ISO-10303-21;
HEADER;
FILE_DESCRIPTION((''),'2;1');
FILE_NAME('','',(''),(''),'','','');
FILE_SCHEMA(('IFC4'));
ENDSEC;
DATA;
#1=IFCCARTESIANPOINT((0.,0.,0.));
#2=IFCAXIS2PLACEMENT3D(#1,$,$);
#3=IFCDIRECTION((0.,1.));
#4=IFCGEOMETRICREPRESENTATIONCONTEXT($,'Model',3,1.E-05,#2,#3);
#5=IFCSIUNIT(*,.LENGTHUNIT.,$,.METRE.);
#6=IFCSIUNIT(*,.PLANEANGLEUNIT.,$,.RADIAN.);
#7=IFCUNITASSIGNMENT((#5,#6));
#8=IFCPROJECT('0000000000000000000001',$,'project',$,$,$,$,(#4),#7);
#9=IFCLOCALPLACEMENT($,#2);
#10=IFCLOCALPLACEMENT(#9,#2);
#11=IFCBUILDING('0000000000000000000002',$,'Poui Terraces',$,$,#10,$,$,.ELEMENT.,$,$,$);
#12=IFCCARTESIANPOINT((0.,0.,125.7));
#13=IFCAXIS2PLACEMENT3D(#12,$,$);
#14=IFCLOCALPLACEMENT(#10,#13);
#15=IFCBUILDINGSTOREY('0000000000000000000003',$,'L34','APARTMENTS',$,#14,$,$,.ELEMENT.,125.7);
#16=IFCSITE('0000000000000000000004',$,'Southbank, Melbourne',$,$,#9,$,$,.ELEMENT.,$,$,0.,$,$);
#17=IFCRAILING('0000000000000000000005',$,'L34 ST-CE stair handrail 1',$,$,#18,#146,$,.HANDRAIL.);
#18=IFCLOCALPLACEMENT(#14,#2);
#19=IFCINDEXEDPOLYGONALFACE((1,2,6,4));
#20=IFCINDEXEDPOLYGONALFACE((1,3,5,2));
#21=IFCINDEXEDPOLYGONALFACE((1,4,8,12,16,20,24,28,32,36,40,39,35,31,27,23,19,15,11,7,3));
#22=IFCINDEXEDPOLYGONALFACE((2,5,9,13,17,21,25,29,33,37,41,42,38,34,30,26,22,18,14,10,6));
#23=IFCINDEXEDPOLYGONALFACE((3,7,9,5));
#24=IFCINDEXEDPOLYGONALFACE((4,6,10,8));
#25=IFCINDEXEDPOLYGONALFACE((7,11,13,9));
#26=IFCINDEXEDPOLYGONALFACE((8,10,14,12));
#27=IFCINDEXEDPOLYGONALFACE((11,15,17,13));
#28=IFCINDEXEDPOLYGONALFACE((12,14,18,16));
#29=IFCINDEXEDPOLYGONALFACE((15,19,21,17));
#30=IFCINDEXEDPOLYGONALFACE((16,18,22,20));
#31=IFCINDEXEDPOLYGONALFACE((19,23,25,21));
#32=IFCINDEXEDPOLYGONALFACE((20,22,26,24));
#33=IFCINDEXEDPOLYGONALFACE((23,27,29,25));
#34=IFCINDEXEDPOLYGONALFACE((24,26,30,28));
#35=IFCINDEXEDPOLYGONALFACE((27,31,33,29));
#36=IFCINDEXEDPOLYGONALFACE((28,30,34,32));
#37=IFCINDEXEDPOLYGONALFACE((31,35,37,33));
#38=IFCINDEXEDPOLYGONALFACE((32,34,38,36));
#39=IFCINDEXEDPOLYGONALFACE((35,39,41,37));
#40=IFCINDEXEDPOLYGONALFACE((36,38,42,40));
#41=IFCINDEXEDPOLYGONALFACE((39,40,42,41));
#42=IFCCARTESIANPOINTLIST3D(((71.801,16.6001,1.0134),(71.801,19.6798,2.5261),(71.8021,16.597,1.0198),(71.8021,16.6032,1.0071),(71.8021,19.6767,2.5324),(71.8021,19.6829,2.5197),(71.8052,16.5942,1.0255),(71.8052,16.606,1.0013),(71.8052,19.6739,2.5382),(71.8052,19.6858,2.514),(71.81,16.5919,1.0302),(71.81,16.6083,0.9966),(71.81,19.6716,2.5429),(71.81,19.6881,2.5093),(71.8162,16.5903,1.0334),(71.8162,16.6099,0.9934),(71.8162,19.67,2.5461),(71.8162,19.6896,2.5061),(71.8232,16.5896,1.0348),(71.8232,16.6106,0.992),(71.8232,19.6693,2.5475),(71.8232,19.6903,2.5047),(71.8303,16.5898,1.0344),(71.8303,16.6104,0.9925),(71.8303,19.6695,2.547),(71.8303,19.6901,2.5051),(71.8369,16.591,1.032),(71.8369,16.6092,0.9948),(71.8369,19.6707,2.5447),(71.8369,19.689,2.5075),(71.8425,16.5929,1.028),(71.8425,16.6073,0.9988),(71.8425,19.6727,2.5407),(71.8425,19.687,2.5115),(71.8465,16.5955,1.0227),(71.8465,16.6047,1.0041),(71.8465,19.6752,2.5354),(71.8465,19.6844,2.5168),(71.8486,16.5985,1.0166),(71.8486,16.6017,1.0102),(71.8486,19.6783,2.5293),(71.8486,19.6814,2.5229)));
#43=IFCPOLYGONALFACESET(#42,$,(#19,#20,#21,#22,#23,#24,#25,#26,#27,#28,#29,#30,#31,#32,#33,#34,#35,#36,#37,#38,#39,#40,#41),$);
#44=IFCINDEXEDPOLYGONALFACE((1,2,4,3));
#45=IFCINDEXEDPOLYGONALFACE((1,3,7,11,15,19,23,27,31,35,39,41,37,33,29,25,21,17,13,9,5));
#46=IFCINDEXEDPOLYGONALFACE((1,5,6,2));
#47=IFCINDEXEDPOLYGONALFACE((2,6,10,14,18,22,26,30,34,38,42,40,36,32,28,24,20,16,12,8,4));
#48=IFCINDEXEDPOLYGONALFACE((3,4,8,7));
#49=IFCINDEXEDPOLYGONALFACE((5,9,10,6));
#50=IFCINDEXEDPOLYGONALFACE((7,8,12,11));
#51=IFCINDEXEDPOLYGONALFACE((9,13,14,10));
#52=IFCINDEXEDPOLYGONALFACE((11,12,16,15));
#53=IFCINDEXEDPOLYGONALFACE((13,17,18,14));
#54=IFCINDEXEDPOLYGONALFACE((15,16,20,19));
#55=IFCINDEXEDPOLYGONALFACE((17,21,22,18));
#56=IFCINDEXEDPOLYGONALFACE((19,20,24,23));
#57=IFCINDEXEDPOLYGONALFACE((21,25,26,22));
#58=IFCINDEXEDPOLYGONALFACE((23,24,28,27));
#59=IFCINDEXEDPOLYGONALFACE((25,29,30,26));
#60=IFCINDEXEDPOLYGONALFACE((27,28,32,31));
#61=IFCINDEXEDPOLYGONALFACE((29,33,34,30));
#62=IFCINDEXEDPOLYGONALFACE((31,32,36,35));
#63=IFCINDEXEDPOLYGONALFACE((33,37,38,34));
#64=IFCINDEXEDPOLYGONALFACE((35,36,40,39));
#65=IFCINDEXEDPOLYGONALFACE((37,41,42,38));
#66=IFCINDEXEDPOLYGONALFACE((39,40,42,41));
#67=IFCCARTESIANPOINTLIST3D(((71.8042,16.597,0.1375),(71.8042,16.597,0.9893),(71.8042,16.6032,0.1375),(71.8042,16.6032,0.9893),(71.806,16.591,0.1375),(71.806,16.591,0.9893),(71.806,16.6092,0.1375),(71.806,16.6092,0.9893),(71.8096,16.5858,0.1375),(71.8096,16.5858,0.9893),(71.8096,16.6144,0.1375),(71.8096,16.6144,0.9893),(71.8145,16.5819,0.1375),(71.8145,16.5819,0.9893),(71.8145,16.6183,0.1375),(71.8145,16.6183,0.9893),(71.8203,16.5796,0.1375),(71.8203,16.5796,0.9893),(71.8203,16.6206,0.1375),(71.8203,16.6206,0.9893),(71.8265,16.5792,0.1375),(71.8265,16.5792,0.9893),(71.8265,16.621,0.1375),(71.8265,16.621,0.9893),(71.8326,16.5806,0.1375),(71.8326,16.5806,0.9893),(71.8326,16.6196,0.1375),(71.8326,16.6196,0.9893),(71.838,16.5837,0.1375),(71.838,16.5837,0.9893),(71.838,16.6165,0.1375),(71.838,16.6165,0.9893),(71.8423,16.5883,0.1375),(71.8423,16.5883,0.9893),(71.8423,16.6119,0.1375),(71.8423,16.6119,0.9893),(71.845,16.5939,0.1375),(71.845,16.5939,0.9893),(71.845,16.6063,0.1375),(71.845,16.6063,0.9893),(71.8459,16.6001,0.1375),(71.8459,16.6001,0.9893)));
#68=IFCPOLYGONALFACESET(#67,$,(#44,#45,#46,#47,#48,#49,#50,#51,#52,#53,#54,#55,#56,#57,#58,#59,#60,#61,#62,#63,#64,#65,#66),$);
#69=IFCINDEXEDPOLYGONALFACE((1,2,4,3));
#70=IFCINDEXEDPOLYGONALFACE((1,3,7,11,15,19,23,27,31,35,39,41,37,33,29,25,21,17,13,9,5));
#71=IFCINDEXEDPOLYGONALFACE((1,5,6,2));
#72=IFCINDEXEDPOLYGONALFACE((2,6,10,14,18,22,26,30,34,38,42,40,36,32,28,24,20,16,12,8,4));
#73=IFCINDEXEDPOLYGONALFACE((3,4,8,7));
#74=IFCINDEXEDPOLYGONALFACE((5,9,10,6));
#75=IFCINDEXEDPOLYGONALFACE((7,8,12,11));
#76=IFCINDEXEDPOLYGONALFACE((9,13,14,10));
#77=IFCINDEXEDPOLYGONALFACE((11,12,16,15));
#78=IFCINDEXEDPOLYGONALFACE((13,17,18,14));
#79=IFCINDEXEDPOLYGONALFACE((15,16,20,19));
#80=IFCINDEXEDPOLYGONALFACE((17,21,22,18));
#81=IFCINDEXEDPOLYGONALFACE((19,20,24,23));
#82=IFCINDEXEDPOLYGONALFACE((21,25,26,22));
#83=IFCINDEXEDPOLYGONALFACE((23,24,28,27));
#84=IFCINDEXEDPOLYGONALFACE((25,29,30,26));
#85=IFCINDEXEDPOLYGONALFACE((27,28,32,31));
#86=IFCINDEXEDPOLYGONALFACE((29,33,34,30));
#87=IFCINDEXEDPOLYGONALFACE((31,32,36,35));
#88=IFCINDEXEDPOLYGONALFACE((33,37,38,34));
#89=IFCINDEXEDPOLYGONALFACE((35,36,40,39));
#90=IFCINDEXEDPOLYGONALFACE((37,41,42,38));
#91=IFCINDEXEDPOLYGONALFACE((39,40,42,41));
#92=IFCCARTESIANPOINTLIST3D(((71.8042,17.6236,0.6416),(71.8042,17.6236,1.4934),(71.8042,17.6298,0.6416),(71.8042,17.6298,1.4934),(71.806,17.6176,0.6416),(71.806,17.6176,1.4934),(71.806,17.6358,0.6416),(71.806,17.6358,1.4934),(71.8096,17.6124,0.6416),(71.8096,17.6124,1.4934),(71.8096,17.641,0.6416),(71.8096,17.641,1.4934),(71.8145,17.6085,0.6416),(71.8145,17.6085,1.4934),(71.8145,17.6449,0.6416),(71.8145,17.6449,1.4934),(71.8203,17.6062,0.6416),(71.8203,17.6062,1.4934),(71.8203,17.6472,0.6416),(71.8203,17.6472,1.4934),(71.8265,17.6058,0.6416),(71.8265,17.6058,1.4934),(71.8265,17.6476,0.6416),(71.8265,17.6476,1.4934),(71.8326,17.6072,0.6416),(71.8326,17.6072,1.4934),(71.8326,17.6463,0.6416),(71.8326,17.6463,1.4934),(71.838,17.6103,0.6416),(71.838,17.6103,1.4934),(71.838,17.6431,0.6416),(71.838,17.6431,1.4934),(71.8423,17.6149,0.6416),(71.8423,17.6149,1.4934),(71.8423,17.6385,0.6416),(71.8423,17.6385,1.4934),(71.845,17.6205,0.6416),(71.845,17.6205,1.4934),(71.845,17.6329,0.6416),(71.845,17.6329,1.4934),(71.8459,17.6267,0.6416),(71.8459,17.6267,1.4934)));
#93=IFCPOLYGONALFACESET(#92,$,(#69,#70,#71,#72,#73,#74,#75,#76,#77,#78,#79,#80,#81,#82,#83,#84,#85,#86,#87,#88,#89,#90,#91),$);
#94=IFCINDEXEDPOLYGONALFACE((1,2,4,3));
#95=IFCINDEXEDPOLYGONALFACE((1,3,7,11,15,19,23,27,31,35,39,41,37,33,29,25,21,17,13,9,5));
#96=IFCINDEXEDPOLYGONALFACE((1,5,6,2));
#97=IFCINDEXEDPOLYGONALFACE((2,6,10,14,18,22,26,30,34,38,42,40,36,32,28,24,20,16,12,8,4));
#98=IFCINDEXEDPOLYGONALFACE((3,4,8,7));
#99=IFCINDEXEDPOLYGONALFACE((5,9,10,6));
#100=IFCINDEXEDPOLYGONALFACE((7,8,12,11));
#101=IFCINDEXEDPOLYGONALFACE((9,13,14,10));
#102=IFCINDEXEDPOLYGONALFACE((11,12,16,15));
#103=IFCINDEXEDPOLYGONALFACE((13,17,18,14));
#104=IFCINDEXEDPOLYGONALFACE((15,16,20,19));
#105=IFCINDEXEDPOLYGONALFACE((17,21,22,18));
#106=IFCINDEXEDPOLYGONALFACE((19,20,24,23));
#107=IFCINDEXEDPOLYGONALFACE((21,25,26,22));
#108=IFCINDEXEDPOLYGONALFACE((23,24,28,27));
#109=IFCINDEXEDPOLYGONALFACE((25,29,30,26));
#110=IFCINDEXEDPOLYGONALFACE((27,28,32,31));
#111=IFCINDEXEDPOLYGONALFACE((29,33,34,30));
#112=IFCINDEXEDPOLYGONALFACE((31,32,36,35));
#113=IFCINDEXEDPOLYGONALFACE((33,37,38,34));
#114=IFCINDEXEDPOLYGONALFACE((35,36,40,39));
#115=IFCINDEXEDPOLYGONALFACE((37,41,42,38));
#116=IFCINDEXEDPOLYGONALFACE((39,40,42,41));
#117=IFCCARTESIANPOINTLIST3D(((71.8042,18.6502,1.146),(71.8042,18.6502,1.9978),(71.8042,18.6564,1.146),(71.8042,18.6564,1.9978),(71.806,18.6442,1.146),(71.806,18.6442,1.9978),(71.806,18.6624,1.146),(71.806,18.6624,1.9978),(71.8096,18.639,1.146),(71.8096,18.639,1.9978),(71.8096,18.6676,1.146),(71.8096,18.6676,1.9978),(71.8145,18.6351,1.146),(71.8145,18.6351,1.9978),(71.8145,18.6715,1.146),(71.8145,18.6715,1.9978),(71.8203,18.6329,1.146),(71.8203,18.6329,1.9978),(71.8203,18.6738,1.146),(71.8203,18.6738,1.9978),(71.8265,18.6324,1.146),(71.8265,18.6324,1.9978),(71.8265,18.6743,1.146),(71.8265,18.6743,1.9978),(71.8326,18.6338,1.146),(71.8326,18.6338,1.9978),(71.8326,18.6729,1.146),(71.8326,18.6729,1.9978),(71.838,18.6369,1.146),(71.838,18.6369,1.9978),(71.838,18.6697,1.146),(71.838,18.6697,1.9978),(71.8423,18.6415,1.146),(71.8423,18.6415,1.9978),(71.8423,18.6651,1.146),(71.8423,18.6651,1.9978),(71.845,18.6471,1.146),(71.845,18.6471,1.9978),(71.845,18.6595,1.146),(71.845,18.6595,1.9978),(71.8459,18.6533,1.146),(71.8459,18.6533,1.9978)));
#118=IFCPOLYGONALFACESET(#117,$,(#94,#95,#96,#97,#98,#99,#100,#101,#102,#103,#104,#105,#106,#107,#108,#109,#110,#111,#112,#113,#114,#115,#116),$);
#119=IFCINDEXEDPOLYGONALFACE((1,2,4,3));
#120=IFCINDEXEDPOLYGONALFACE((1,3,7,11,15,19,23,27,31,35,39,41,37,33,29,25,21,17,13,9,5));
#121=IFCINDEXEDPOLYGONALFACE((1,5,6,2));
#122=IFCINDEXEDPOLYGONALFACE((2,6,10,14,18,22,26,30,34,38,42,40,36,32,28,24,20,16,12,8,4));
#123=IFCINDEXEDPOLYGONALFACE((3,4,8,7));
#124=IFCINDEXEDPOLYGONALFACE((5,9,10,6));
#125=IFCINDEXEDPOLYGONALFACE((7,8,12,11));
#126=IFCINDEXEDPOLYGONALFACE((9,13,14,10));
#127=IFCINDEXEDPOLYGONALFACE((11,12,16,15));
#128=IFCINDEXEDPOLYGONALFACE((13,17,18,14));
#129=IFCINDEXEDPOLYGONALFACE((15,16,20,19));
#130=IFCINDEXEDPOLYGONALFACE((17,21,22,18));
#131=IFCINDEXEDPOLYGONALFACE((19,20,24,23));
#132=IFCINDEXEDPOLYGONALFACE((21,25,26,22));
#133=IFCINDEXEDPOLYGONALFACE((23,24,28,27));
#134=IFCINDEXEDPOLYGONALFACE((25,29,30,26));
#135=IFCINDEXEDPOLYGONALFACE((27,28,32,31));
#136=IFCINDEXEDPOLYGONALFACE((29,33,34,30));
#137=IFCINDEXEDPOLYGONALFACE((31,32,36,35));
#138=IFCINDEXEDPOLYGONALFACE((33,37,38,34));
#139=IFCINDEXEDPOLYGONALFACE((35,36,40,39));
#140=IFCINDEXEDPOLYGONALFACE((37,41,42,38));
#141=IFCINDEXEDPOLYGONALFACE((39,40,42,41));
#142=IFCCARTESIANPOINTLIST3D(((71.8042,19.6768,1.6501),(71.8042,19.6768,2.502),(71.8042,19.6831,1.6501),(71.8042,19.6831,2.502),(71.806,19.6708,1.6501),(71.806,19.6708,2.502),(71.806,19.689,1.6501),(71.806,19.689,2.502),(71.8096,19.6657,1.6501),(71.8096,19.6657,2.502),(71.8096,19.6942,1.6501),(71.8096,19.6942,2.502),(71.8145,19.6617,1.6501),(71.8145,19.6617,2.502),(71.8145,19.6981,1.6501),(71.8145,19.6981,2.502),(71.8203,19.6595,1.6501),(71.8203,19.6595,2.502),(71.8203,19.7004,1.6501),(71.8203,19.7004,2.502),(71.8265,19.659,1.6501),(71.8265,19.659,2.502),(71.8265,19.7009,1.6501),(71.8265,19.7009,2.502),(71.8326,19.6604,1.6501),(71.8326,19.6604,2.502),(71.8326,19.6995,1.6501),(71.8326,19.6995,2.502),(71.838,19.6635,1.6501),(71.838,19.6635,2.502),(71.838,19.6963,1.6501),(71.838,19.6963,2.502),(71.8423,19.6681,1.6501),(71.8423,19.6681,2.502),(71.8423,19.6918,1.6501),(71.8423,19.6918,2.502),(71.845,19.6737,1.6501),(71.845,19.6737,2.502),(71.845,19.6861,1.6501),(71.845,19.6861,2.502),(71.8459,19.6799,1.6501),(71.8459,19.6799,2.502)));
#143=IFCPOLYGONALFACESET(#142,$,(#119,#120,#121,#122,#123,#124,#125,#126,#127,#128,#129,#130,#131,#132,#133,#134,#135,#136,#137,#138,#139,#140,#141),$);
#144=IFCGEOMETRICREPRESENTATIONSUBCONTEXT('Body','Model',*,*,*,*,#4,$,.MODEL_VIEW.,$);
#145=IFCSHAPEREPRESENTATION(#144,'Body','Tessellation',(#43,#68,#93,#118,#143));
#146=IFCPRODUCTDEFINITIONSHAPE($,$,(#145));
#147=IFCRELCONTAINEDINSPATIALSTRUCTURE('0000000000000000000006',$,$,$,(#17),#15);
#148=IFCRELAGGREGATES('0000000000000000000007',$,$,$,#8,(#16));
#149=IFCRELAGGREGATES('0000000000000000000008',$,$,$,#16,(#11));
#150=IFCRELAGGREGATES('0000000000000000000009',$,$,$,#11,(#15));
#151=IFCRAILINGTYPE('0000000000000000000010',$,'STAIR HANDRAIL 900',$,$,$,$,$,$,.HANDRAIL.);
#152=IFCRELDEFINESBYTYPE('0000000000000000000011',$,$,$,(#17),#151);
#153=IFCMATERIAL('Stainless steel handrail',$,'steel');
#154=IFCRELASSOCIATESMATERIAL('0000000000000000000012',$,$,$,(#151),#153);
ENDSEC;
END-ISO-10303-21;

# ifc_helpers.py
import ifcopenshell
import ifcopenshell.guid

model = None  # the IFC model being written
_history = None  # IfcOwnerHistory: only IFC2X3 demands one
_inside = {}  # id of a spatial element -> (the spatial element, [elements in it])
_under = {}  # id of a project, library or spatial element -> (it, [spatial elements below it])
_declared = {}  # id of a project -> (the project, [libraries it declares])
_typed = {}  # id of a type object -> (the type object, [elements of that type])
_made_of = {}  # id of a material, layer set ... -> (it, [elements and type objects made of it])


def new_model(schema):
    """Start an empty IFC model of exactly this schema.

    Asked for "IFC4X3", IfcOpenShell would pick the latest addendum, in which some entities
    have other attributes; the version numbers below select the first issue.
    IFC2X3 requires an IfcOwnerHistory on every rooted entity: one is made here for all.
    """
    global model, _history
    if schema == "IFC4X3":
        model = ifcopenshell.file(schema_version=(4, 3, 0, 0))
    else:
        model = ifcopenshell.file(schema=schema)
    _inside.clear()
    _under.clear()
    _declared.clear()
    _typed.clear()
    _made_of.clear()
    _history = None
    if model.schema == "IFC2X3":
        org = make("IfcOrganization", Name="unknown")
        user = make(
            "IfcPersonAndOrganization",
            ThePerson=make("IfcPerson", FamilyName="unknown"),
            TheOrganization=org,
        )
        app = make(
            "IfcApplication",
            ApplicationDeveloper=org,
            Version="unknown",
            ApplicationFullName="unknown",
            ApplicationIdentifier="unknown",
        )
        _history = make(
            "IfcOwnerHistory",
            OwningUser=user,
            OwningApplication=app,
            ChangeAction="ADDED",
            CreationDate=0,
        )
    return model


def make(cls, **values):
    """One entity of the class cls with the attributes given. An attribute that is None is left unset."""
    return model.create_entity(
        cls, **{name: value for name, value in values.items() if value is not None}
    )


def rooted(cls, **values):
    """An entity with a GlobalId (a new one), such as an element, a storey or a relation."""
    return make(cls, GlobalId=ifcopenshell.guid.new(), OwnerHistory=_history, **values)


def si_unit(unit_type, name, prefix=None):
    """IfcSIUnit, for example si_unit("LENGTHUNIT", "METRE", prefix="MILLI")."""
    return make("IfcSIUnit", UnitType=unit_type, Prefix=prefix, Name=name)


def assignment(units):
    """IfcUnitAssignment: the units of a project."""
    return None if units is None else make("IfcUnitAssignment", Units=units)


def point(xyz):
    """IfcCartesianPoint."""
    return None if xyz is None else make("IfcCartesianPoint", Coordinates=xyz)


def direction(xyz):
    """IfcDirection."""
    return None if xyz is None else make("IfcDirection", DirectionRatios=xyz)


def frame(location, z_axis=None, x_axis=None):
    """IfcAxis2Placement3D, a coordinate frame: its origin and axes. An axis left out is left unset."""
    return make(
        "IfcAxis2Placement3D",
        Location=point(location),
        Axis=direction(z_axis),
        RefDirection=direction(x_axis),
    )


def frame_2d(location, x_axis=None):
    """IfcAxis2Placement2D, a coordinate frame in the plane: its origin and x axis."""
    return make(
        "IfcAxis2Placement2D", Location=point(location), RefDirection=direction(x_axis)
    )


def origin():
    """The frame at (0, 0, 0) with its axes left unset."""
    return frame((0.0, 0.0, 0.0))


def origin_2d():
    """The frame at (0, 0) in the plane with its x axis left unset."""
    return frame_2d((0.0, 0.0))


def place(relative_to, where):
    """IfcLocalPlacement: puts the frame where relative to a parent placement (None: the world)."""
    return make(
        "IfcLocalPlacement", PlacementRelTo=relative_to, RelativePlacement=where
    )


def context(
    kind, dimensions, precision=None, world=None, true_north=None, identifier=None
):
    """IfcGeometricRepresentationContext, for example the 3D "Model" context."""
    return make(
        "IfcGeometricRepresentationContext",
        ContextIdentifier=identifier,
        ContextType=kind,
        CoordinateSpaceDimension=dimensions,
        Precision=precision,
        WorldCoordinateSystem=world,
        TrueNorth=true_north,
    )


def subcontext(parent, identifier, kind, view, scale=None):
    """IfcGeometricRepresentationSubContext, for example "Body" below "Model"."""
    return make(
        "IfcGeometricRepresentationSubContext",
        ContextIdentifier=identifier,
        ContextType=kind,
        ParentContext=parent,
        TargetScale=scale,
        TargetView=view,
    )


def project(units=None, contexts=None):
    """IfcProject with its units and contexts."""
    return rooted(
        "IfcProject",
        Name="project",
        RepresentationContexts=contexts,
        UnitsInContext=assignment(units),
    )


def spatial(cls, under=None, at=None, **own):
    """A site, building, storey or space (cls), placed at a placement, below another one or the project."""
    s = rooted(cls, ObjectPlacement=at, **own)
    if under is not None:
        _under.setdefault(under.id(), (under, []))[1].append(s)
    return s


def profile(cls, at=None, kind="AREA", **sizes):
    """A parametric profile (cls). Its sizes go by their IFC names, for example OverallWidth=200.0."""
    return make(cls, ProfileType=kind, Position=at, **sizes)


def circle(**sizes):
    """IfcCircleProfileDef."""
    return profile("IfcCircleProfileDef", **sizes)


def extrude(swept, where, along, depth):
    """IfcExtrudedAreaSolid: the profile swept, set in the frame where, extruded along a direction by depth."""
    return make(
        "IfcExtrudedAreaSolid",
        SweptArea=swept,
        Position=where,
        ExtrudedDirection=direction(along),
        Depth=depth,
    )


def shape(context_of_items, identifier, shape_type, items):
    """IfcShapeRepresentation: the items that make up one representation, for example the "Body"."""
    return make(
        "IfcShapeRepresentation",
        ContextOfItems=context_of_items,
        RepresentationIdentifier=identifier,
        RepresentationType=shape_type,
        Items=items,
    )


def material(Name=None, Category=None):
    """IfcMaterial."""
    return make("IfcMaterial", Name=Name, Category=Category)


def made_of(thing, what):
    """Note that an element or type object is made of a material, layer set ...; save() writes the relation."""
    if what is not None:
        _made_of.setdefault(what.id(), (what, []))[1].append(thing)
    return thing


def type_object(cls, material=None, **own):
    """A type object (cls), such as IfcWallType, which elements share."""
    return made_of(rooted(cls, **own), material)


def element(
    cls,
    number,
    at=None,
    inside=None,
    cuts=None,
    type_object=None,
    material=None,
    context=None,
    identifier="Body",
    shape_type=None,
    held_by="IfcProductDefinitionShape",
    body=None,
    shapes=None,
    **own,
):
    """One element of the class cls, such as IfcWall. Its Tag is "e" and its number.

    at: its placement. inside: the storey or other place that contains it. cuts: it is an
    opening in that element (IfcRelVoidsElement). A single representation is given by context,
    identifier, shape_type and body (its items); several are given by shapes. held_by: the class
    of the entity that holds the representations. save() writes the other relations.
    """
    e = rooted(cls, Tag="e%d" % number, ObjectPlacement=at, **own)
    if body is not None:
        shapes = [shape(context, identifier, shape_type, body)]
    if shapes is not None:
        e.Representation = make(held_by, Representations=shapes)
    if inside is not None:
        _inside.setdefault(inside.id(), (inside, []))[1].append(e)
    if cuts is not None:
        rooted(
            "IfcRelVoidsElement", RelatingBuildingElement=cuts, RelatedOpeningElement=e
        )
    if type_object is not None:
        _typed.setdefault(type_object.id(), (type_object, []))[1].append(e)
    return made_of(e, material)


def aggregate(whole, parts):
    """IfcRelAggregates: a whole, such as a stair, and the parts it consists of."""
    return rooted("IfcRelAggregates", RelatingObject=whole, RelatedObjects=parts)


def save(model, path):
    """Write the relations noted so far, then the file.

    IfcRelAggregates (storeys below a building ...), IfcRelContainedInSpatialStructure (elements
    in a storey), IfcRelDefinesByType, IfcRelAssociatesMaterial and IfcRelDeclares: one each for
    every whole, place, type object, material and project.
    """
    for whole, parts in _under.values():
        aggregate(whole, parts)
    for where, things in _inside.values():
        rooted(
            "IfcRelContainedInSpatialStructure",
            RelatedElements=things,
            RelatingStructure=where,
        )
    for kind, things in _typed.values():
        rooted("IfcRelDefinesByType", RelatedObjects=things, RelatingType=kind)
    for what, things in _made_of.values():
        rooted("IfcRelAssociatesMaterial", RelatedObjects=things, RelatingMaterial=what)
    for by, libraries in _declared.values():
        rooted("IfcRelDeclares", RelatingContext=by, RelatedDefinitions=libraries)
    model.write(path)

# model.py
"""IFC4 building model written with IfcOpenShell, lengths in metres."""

from ifc_helpers import new_model, si_unit, direction, frame, origin, origin_2d, place, context, subcontext, project, spatial, circle, extrude, material, type_object, element, save


model = new_model("IFC4")

# Units and contexts
model_context = context("Model", 3, precision=1e-05, world=origin(), true_north=direction((0.0, 1.0)))
body_context = subcontext(model_context, "Body", "Model", "MODEL_VIEW")
ifc_project = project(units=[si_unit("LENGTHUNIT", "METRE"), si_unit("PLANEANGLEUNIT", "RADIAN")], contexts=[model_context])

# Site, building, storey
site_placement = place(None, origin())
site = spatial("IfcSite", under=ifc_project, at=site_placement, Name="Southbank, Melbourne", CompositionType="ELEMENT", RefElevation=0.0)
building_placement = place(site_placement, origin())
building = spatial("IfcBuilding", under=site, at=building_placement, Name="Poui Terraces", CompositionType="ELEMENT")
storey_placement = place(building_placement, frame((0.0, 0.0, 125.7)))
storey = spatial("IfcBuildingStorey", under=building, at=storey_placement, Name="L34", Description="APARTMENTS", CompositionType="ELEMENT", Elevation=125.7)

# Railing
ifc_material_1 = material(Name="Stainless steel handrail", Category="steel")
railing_type_1 = type_object("IfcRailingType", Name="STAIR HANDRAIL 900", PredefinedType="HANDRAIL", material=ifc_material_1)
railing_1_placement = place(storey_placement, frame((71.825, 16.6001, 0.1375)))
element("IfcRailing", 1, at=railing_1_placement, inside=storey, type_object=railing_type_1, Name="L34 ST-CE stair handrail 1", PredefinedType="HANDRAIL", context=body_context, shape_type="SweptSolid", body=[
    extrude(circle(Radius=0.0239, at=origin_2d()), frame((0.0, 0.0, 0.876), z_axis=(0.0, 0.897578, 0.440856), x_axis=(-1.0, 0.0, 0.0)), (0.0, 0.0, 1.0), 3.4312),
    extrude(circle(Radius=0.021, at=origin_2d()), origin(), (0.0, 0.0, 1.0), 0.8518),
    extrude(circle(Radius=0.021, at=origin_2d()), frame((0.0, 1.0266, 0.5042)), (0.0, 0.0, 1.0), 0.8518),
    extrude(circle(Radius=0.021, at=origin_2d()), frame((0.0, 2.0532, 1.0085)), (0.0, 0.0, 1.0), 0.8518),
    extrude(circle(Radius=0.021, at=origin_2d()), frame((0.0, 3.0798, 1.5127)), (0.0, 0.0, 1.0), 0.8518),
])

save(model, "model.ifc")
